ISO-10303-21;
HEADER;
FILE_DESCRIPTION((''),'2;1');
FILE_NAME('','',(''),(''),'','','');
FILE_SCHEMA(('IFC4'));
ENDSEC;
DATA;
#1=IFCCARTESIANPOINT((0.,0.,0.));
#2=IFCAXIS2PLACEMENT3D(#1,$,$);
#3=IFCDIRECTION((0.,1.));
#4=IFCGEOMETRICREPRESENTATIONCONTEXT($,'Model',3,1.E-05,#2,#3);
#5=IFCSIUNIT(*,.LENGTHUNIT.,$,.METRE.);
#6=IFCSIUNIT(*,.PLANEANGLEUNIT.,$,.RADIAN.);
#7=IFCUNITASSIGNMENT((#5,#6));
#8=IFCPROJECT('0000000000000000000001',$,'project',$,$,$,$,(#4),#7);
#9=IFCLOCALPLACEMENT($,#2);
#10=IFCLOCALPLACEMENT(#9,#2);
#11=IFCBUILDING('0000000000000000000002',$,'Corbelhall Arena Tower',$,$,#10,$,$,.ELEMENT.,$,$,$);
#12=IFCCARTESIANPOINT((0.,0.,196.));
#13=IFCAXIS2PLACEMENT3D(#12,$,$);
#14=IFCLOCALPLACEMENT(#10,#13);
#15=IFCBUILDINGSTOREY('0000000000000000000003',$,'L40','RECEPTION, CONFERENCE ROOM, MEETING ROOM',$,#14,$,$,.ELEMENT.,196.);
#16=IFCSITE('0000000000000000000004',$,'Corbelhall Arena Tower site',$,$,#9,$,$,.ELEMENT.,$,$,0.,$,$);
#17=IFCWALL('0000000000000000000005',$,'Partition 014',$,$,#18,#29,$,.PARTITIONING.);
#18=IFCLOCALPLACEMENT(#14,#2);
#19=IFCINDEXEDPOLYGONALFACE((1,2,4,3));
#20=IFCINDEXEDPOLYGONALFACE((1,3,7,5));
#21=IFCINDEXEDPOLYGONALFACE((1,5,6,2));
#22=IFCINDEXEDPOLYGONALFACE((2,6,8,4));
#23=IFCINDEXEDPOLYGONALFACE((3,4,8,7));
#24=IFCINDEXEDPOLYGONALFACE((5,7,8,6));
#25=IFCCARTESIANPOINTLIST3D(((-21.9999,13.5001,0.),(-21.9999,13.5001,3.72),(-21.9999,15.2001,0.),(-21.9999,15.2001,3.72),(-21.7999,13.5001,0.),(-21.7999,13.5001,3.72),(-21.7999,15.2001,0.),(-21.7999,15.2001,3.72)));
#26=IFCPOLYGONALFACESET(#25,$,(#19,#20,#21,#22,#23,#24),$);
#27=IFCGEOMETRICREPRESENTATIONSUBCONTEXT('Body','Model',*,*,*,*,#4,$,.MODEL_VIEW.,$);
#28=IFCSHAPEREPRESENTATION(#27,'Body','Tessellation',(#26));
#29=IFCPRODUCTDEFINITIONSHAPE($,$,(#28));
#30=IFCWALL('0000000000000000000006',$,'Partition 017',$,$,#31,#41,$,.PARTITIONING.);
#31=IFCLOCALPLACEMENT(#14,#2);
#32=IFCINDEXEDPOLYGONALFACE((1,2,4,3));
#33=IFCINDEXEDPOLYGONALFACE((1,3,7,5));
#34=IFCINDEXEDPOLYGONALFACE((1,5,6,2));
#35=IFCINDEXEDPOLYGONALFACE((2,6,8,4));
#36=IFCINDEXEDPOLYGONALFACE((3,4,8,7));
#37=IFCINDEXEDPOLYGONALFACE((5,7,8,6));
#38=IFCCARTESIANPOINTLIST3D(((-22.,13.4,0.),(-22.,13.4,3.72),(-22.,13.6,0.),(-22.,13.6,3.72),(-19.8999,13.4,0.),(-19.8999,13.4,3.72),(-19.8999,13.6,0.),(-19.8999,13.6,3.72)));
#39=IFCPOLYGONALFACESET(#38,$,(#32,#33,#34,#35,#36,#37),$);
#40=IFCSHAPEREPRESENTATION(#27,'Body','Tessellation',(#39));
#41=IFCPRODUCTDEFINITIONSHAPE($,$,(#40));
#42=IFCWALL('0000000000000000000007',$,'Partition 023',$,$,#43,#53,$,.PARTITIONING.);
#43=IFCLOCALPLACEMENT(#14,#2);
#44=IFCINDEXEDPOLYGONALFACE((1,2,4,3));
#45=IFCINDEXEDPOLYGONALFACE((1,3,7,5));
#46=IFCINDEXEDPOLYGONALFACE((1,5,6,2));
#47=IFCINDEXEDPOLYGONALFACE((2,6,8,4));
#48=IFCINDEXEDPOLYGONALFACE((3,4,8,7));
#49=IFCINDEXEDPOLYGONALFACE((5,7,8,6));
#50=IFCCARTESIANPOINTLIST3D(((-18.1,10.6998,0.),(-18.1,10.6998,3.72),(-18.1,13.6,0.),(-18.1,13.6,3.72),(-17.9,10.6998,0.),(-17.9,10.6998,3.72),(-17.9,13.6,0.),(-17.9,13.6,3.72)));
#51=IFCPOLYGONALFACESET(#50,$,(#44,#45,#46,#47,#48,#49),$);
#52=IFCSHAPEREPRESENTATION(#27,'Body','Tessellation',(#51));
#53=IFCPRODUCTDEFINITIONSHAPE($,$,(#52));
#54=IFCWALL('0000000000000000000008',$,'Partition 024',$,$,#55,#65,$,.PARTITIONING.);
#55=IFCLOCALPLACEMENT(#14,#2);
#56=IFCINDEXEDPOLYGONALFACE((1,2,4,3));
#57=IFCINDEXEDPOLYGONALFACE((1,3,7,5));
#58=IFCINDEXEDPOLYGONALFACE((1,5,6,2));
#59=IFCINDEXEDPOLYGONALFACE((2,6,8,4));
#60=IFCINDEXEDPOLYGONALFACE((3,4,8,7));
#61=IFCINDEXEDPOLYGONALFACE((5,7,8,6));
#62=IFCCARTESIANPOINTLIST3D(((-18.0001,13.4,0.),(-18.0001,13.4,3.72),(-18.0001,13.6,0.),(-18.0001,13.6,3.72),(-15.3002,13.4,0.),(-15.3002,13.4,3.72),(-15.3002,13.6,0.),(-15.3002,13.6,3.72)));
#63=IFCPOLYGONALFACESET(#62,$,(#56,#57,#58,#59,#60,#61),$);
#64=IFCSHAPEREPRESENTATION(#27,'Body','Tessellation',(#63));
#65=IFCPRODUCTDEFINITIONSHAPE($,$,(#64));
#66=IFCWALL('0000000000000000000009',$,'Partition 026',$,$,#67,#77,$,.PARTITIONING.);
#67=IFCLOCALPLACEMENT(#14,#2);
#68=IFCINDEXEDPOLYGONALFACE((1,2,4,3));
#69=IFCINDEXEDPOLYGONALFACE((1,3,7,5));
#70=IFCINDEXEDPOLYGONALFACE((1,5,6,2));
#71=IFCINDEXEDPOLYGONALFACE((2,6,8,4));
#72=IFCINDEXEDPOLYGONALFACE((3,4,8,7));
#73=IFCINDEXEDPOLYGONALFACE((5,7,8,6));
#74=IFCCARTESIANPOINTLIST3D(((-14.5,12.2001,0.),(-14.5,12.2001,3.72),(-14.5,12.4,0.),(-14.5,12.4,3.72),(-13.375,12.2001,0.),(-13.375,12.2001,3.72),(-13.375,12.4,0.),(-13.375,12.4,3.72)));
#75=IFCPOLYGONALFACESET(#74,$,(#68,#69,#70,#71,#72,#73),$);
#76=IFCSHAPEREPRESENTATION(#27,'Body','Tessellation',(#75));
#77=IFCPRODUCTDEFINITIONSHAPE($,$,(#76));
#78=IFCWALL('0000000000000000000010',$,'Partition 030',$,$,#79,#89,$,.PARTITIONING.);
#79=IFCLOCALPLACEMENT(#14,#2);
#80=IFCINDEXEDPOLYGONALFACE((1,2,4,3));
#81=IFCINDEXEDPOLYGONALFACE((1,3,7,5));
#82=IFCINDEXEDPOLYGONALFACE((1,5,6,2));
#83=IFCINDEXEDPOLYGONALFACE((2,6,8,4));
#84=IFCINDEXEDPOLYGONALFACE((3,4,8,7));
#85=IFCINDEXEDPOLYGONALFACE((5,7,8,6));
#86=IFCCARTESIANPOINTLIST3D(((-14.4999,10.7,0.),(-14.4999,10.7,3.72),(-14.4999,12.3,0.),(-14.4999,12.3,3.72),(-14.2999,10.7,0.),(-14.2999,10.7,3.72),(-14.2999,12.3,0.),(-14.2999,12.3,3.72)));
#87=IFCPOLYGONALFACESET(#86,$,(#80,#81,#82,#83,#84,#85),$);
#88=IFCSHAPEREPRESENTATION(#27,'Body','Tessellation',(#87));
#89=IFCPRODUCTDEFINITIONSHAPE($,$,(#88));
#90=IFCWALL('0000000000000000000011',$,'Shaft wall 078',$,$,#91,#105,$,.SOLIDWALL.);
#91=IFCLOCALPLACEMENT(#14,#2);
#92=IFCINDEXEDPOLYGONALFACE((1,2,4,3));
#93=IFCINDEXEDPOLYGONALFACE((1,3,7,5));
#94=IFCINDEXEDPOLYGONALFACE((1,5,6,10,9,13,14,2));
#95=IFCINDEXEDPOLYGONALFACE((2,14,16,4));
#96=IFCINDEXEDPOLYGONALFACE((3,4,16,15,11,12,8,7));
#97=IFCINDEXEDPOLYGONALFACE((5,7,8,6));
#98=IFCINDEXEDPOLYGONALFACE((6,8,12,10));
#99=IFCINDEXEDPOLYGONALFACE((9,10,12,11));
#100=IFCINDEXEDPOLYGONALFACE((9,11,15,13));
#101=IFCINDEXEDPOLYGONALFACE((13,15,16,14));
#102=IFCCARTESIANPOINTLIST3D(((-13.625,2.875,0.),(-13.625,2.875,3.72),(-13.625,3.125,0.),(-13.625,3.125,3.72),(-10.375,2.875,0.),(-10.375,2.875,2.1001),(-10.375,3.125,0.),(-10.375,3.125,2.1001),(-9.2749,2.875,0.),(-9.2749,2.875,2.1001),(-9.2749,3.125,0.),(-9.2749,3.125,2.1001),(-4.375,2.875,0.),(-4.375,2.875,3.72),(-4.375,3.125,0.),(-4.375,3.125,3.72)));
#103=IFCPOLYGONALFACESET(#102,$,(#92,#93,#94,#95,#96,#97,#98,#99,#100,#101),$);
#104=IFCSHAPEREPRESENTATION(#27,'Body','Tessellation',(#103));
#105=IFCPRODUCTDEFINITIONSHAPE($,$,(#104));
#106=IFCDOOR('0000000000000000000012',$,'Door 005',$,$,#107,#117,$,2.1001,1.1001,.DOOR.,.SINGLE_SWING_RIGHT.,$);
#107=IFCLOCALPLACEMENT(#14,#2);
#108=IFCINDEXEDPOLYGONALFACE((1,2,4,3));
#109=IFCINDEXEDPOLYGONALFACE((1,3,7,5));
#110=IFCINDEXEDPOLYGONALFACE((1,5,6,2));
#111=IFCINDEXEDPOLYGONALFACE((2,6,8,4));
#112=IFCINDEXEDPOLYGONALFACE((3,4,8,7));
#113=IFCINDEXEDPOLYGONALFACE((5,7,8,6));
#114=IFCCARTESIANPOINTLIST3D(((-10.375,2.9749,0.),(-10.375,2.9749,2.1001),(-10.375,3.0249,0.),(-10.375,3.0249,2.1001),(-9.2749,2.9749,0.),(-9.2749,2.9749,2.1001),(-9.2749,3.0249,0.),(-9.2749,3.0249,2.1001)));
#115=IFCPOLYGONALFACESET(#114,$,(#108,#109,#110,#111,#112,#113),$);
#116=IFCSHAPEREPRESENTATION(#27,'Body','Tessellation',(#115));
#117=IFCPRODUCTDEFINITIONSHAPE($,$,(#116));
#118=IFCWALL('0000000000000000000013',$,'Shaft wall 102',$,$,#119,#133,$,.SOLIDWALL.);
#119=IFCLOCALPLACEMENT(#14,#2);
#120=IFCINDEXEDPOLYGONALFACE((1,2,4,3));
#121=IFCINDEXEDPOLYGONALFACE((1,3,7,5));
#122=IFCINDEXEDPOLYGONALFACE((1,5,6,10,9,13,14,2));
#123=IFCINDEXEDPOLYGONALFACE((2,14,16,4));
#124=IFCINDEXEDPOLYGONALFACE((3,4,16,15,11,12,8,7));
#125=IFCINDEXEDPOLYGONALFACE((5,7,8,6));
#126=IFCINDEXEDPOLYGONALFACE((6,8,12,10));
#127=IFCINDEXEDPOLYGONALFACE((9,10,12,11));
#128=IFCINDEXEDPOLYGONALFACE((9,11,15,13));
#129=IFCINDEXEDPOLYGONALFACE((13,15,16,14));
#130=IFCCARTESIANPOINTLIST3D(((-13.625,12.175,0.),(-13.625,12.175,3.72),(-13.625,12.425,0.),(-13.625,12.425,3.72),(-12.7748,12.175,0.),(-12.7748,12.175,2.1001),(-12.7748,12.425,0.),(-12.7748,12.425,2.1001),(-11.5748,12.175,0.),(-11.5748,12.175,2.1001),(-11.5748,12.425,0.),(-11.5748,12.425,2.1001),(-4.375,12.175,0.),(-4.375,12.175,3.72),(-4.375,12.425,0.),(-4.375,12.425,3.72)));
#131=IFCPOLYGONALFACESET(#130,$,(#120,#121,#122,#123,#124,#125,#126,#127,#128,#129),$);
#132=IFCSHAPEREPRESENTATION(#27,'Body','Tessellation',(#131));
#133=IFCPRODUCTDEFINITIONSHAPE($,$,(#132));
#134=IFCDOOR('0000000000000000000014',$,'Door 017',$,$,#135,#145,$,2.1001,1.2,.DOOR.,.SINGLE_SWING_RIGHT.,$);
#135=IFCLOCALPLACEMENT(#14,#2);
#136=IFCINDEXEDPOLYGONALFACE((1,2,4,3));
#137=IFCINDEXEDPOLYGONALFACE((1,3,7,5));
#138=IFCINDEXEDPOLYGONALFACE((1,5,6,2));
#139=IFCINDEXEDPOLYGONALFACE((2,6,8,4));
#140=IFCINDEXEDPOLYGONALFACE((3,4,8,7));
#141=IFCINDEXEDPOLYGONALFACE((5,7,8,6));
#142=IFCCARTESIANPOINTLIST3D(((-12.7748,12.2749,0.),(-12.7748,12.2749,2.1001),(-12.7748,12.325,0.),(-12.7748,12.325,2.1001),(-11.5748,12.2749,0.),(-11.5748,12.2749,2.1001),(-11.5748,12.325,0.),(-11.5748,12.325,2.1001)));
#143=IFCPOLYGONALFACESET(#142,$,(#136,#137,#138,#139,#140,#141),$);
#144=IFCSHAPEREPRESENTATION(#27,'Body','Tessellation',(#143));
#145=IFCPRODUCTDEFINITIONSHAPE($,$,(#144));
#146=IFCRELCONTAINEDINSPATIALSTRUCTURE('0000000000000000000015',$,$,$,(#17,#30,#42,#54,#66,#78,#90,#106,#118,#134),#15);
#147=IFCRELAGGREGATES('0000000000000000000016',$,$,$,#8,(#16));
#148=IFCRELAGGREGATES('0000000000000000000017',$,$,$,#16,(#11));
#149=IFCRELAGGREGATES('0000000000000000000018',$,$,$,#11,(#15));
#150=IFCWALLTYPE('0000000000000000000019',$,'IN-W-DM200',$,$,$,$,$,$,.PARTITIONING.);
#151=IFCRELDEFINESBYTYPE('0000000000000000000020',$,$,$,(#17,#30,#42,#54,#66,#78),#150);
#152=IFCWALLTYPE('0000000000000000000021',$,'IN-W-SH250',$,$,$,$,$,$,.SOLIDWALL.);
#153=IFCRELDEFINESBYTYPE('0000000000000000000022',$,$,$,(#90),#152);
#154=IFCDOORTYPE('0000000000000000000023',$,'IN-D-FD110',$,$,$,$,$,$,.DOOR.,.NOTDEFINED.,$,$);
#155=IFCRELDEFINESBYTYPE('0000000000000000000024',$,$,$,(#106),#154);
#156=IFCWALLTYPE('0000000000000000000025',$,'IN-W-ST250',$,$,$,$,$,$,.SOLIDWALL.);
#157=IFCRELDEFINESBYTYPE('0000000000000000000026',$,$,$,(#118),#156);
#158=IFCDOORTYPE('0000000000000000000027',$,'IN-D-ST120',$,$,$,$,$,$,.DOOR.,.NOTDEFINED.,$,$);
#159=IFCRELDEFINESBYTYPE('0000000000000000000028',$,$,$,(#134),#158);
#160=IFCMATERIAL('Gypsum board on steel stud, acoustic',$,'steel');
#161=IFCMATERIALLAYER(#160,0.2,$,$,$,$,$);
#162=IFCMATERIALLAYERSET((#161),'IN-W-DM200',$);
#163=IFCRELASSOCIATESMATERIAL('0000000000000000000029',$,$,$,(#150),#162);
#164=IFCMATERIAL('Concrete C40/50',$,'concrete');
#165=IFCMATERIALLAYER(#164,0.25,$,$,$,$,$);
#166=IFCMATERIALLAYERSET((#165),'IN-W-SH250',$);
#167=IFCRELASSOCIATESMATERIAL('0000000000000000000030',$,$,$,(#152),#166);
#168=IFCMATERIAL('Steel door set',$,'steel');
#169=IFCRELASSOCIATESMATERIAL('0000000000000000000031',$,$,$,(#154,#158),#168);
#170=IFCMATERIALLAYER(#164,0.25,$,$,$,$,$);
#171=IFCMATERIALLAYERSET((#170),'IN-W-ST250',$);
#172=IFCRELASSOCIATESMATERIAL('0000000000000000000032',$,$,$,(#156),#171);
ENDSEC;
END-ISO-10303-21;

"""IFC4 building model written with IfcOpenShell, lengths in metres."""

from ifc_helpers import new_model, si_unit, direction, frame, frame_2d, origin, place, context, subcontext, project, spatial, rectangle, extrude, material, layer, layer_set, type_object, element, fill, save


model = new_model("IFC4")

# Units and contexts
model_context = context("Model", 3, precision=1e-05, world=origin(), true_north=direction((0.0, 1.0)))
body_context = subcontext(model_context, "Body", "Model", "MODEL_VIEW")
ifc_project = project(units=[si_unit("LENGTHUNIT", "METRE"), si_unit("PLANEANGLEUNIT", "RADIAN")], contexts=[model_context])

# Site, building, storey
site_placement = place(None, origin())
site = spatial("IfcSite", under=ifc_project, at=site_placement, Name="Corbelhall Arena Tower site", CompositionType="ELEMENT", RefElevation=0.0)
building_placement = place(site_placement, origin())
building = spatial("IfcBuilding", under=site, at=building_placement, Name="Corbelhall Arena Tower", CompositionType="ELEMENT")
storey_placement = place(building_placement, frame((0.0, 0.0, 196.0)))
storey = spatial("IfcBuildingStorey", under=building, at=storey_placement, Name="L40", Description="RECEPTION, CONFERENCE ROOM, MEETING ROOM", CompositionType="ELEMENT", Elevation=196.0)

# Shared definitions
ifc_material_1 = material(Name="Gypsum board on steel stud, acoustic", Category="steel")
ifc_layer_1 = layer(ifc_material_1, 0.2)
ifc_layer_set_1 = layer_set([ifc_layer_1], Name="IN-W-DM200")
wall_type_1 = type_object("IfcWallType", Name="IN-W-DM200", PredefinedType="PARTITIONING", material=ifc_layer_set_1)
ifc_material_2 = material(Name="Steel door set", Category="steel")

# Wall
wall_1_placement = place(storey_placement, frame((-21.8999, 13.5, 0.0), z_axis=(0.0, 0.0, 1.0), x_axis=(0.0, 1.0, 0.0)))
element("IfcWall", 1, at=wall_1_placement, inside=storey, type_object=wall_type_1, Name="Partition 014", PredefinedType="PARTITIONING", context=body_context, shape_type="SweptSolid", body=[
    extrude(rectangle(XDim=1.7, YDim=0.2, at=frame_2d((0.8501, 0.0))), origin(), (0.0, 0.0, 1.0), 3.72),
])

# Wall
wall_2_placement = place(storey_placement, frame((-19.8999, 13.5, 0.0), z_axis=(0.0, 0.0, 1.0), x_axis=(-1.0, 0.0, 0.0)))
element("IfcWall", 2, at=wall_2_placement, inside=storey, type_object=wall_type_1, Name="Partition 017", PredefinedType="PARTITIONING", context=body_context, shape_type="SweptSolid", body=[
    extrude(rectangle(XDim=2.1001, YDim=0.2, at=frame_2d((1.05, 0.0))), origin(), (0.0, 0.0, 1.0), 3.72),
])

# Walls
wall_3_placement = place(storey_placement, frame((-18.0, 13.6001, 0.0), z_axis=(0.0, 0.0, 1.0), x_axis=(0.0, -1.0, 0.0)))
element("IfcWall", 3, at=wall_3_placement, inside=storey, type_object=wall_type_1, Name="Partition 023", PredefinedType="PARTITIONING", context=body_context, shape_type="SweptSolid", body=[
    extrude(rectangle(XDim=2.9001, YDim=0.2, at=frame_2d((1.4502, 0.0))), origin(), (0.0, 0.0, 1.0), 3.72),
])
wall_4_placement = place(storey_placement, frame((-15.3, 13.5, 0.0), z_axis=(0.0, 0.0, 1.0), x_axis=(-1.0, 0.0, 0.0)))
element("IfcWall", 4, at=wall_4_placement, inside=storey, type_object=wall_type_1, Name="Partition 024", PredefinedType="PARTITIONING", context=body_context, shape_type="SweptSolid", body=[
    extrude(rectangle(XDim=2.7, YDim=0.2, at=frame_2d((1.3501, 0.0))), origin(), (0.0, 0.0, 1.0), 3.72),
])
wall_5_placement = place(storey_placement, frame((-14.5, 12.3, 0.0), z_axis=(0.0, 0.0, 1.0), x_axis=(1.0, 0.0, 0.0)))
element("IfcWall", 5, at=wall_5_placement, inside=storey, type_object=wall_type_1, Name="Partition 026", PredefinedType="PARTITIONING", context=body_context, shape_type="SweptSolid", body=[
    extrude(rectangle(XDim=1.125, YDim=0.2, at=frame_2d((0.5625, 0.0))), origin(), (0.0, 0.0, 1.0), 3.72),
])
wall_6_placement = place(storey_placement, frame((-14.3999, 10.7, 0.0), z_axis=(0.0, 0.0, 1.0), x_axis=(0.0, 1.0, 0.0)))
element("IfcWall", 6, at=wall_6_placement, inside=storey, type_object=wall_type_1, Name="Partition 030", PredefinedType="PARTITIONING", context=body_context, shape_type="SweptSolid", body=[
    extrude(rectangle(XDim=1.6001, YDim=0.2, at=frame_2d((0.8, 0.0))), origin(), (0.0, 0.0, 1.0), 3.72),
])

# Walls, openings, doors
ifc_material_3 = material(Name="Concrete C40/50", Category="concrete")
ifc_layer_2 = layer(ifc_material_3, 0.25)
ifc_layer_set_2 = layer_set([ifc_layer_2], Name="IN-W-SH250")
wall_type_2 = type_object("IfcWallType", Name="IN-W-SH250", PredefinedType="SOLIDWALL", material=ifc_layer_set_2)
wall_7_placement = place(storey_placement, frame((-13.625, 3.0, 0.0), z_axis=(0.0, 0.0, 1.0), x_axis=(1.0, 0.0, 0.0)))
wall_7 = element("IfcWall", 7, at=wall_7_placement, inside=storey, type_object=wall_type_2, Name="Shaft wall 078", PredefinedType="SOLIDWALL", context=body_context, shape_type="SweptSolid", body=[
    extrude(rectangle(XDim=9.25, YDim=0.25, at=frame_2d((4.625, 0.0))), origin(), (0.0, 0.0, 1.0), 3.72),
])
opening_1_placement = place(wall_7_placement, frame((3.25, 0.0, 0.0)))
opening_1 = element("IfcOpeningElement", 8, at=opening_1_placement, cuts=wall_7, PredefinedType="OPENING", context=body_context, shape_type="SweptSolid", body=[
    extrude(rectangle(XDim=1.1001, YDim=2.1001, at=frame_2d((0.55, 1.05))), frame((0.0, 0.125, 0.0), z_axis=(0.0, -1.0, 0.0), x_axis=(1.0, 0.0, 0.0)), (0.0, 0.0, 1.0), 0.25),
])
door_type_1 = type_object("IfcDoorType", Name="IN-D-FD110", OperationType="NOTDEFINED", PredefinedType="DOOR", material=ifc_material_2)
door_1_placement = place(opening_1_placement, origin())
door_1 = element("IfcDoor", 9, at=door_1_placement, inside=storey, type_object=door_type_1, Name="Door 005", OperationType="SINGLE_SWING_RIGHT", OverallHeight=2.1001, OverallWidth=1.1001, PredefinedType="DOOR", context=body_context, shape_type="SweptSolid", body=[
    extrude(rectangle(XDim=1.1001, YDim=2.1001, at=frame_2d((0.55, 1.05))), frame((0.0, 0.0249, 0.0), z_axis=(0.0, -1.0, 0.0), x_axis=(1.0, 0.0, 0.0)), (0.0, 0.0, 1.0), 0.05),
])
fill(opening_1, door_1)
ifc_layer_3 = layer(ifc_material_3, 0.25)
ifc_layer_set_3 = layer_set([ifc_layer_3], Name="IN-W-ST250")
wall_type_3 = type_object("IfcWallType", Name="IN-W-ST250", PredefinedType="SOLIDWALL", material=ifc_layer_set_3)
wall_8_placement = place(storey_placement, frame((-13.625, 12.3, 0.0), z_axis=(0.0, 0.0, 1.0), x_axis=(1.0, 0.0, 0.0)))
wall_8 = element("IfcWall", 10, at=wall_8_placement, inside=storey, type_object=wall_type_3, Name="Shaft wall 102", PredefinedType="SOLIDWALL", context=body_context, shape_type="SweptSolid", body=[
    extrude(rectangle(XDim=9.25, YDim=0.25, at=frame_2d((4.625, 0.0))), origin(), (0.0, 0.0, 1.0), 3.72),
])
opening_2_placement = place(wall_8_placement, frame((0.8501, 0.0, 0.0)))
opening_2 = element("IfcOpeningElement", 11, at=opening_2_placement, cuts=wall_8, PredefinedType="OPENING", context=body_context, shape_type="SweptSolid", body=[
    extrude(rectangle(XDim=1.2, YDim=2.1001, at=frame_2d((0.6001, 1.05))), frame((0.0, 0.125, 0.0), z_axis=(0.0, -1.0, 0.0), x_axis=(1.0, 0.0, 0.0)), (0.0, 0.0, 1.0), 0.25),
])
door_type_2 = type_object("IfcDoorType", Name="IN-D-ST120", OperationType="NOTDEFINED", PredefinedType="DOOR", material=ifc_material_2)
door_2_placement = place(opening_2_placement, origin())
door_2 = element("IfcDoor", 12, at=door_2_placement, inside=storey, type_object=door_type_2, Name="Door 017", OperationType="SINGLE_SWING_RIGHT", OverallHeight=2.1001, OverallWidth=1.2, PredefinedType="DOOR", context=body_context, shape_type="SweptSolid", body=[
    extrude(rectangle(XDim=1.2, YDim=2.1001, at=frame_2d((0.6001, 1.05))), frame((0.0, 0.0249, 0.0), z_axis=(0.0, -1.0, 0.0), x_axis=(1.0, 0.0, 0.0)), (0.0, 0.0, 1.0), 0.05),
])
fill(opening_2, door_2)

save(model, "model.ifc")
